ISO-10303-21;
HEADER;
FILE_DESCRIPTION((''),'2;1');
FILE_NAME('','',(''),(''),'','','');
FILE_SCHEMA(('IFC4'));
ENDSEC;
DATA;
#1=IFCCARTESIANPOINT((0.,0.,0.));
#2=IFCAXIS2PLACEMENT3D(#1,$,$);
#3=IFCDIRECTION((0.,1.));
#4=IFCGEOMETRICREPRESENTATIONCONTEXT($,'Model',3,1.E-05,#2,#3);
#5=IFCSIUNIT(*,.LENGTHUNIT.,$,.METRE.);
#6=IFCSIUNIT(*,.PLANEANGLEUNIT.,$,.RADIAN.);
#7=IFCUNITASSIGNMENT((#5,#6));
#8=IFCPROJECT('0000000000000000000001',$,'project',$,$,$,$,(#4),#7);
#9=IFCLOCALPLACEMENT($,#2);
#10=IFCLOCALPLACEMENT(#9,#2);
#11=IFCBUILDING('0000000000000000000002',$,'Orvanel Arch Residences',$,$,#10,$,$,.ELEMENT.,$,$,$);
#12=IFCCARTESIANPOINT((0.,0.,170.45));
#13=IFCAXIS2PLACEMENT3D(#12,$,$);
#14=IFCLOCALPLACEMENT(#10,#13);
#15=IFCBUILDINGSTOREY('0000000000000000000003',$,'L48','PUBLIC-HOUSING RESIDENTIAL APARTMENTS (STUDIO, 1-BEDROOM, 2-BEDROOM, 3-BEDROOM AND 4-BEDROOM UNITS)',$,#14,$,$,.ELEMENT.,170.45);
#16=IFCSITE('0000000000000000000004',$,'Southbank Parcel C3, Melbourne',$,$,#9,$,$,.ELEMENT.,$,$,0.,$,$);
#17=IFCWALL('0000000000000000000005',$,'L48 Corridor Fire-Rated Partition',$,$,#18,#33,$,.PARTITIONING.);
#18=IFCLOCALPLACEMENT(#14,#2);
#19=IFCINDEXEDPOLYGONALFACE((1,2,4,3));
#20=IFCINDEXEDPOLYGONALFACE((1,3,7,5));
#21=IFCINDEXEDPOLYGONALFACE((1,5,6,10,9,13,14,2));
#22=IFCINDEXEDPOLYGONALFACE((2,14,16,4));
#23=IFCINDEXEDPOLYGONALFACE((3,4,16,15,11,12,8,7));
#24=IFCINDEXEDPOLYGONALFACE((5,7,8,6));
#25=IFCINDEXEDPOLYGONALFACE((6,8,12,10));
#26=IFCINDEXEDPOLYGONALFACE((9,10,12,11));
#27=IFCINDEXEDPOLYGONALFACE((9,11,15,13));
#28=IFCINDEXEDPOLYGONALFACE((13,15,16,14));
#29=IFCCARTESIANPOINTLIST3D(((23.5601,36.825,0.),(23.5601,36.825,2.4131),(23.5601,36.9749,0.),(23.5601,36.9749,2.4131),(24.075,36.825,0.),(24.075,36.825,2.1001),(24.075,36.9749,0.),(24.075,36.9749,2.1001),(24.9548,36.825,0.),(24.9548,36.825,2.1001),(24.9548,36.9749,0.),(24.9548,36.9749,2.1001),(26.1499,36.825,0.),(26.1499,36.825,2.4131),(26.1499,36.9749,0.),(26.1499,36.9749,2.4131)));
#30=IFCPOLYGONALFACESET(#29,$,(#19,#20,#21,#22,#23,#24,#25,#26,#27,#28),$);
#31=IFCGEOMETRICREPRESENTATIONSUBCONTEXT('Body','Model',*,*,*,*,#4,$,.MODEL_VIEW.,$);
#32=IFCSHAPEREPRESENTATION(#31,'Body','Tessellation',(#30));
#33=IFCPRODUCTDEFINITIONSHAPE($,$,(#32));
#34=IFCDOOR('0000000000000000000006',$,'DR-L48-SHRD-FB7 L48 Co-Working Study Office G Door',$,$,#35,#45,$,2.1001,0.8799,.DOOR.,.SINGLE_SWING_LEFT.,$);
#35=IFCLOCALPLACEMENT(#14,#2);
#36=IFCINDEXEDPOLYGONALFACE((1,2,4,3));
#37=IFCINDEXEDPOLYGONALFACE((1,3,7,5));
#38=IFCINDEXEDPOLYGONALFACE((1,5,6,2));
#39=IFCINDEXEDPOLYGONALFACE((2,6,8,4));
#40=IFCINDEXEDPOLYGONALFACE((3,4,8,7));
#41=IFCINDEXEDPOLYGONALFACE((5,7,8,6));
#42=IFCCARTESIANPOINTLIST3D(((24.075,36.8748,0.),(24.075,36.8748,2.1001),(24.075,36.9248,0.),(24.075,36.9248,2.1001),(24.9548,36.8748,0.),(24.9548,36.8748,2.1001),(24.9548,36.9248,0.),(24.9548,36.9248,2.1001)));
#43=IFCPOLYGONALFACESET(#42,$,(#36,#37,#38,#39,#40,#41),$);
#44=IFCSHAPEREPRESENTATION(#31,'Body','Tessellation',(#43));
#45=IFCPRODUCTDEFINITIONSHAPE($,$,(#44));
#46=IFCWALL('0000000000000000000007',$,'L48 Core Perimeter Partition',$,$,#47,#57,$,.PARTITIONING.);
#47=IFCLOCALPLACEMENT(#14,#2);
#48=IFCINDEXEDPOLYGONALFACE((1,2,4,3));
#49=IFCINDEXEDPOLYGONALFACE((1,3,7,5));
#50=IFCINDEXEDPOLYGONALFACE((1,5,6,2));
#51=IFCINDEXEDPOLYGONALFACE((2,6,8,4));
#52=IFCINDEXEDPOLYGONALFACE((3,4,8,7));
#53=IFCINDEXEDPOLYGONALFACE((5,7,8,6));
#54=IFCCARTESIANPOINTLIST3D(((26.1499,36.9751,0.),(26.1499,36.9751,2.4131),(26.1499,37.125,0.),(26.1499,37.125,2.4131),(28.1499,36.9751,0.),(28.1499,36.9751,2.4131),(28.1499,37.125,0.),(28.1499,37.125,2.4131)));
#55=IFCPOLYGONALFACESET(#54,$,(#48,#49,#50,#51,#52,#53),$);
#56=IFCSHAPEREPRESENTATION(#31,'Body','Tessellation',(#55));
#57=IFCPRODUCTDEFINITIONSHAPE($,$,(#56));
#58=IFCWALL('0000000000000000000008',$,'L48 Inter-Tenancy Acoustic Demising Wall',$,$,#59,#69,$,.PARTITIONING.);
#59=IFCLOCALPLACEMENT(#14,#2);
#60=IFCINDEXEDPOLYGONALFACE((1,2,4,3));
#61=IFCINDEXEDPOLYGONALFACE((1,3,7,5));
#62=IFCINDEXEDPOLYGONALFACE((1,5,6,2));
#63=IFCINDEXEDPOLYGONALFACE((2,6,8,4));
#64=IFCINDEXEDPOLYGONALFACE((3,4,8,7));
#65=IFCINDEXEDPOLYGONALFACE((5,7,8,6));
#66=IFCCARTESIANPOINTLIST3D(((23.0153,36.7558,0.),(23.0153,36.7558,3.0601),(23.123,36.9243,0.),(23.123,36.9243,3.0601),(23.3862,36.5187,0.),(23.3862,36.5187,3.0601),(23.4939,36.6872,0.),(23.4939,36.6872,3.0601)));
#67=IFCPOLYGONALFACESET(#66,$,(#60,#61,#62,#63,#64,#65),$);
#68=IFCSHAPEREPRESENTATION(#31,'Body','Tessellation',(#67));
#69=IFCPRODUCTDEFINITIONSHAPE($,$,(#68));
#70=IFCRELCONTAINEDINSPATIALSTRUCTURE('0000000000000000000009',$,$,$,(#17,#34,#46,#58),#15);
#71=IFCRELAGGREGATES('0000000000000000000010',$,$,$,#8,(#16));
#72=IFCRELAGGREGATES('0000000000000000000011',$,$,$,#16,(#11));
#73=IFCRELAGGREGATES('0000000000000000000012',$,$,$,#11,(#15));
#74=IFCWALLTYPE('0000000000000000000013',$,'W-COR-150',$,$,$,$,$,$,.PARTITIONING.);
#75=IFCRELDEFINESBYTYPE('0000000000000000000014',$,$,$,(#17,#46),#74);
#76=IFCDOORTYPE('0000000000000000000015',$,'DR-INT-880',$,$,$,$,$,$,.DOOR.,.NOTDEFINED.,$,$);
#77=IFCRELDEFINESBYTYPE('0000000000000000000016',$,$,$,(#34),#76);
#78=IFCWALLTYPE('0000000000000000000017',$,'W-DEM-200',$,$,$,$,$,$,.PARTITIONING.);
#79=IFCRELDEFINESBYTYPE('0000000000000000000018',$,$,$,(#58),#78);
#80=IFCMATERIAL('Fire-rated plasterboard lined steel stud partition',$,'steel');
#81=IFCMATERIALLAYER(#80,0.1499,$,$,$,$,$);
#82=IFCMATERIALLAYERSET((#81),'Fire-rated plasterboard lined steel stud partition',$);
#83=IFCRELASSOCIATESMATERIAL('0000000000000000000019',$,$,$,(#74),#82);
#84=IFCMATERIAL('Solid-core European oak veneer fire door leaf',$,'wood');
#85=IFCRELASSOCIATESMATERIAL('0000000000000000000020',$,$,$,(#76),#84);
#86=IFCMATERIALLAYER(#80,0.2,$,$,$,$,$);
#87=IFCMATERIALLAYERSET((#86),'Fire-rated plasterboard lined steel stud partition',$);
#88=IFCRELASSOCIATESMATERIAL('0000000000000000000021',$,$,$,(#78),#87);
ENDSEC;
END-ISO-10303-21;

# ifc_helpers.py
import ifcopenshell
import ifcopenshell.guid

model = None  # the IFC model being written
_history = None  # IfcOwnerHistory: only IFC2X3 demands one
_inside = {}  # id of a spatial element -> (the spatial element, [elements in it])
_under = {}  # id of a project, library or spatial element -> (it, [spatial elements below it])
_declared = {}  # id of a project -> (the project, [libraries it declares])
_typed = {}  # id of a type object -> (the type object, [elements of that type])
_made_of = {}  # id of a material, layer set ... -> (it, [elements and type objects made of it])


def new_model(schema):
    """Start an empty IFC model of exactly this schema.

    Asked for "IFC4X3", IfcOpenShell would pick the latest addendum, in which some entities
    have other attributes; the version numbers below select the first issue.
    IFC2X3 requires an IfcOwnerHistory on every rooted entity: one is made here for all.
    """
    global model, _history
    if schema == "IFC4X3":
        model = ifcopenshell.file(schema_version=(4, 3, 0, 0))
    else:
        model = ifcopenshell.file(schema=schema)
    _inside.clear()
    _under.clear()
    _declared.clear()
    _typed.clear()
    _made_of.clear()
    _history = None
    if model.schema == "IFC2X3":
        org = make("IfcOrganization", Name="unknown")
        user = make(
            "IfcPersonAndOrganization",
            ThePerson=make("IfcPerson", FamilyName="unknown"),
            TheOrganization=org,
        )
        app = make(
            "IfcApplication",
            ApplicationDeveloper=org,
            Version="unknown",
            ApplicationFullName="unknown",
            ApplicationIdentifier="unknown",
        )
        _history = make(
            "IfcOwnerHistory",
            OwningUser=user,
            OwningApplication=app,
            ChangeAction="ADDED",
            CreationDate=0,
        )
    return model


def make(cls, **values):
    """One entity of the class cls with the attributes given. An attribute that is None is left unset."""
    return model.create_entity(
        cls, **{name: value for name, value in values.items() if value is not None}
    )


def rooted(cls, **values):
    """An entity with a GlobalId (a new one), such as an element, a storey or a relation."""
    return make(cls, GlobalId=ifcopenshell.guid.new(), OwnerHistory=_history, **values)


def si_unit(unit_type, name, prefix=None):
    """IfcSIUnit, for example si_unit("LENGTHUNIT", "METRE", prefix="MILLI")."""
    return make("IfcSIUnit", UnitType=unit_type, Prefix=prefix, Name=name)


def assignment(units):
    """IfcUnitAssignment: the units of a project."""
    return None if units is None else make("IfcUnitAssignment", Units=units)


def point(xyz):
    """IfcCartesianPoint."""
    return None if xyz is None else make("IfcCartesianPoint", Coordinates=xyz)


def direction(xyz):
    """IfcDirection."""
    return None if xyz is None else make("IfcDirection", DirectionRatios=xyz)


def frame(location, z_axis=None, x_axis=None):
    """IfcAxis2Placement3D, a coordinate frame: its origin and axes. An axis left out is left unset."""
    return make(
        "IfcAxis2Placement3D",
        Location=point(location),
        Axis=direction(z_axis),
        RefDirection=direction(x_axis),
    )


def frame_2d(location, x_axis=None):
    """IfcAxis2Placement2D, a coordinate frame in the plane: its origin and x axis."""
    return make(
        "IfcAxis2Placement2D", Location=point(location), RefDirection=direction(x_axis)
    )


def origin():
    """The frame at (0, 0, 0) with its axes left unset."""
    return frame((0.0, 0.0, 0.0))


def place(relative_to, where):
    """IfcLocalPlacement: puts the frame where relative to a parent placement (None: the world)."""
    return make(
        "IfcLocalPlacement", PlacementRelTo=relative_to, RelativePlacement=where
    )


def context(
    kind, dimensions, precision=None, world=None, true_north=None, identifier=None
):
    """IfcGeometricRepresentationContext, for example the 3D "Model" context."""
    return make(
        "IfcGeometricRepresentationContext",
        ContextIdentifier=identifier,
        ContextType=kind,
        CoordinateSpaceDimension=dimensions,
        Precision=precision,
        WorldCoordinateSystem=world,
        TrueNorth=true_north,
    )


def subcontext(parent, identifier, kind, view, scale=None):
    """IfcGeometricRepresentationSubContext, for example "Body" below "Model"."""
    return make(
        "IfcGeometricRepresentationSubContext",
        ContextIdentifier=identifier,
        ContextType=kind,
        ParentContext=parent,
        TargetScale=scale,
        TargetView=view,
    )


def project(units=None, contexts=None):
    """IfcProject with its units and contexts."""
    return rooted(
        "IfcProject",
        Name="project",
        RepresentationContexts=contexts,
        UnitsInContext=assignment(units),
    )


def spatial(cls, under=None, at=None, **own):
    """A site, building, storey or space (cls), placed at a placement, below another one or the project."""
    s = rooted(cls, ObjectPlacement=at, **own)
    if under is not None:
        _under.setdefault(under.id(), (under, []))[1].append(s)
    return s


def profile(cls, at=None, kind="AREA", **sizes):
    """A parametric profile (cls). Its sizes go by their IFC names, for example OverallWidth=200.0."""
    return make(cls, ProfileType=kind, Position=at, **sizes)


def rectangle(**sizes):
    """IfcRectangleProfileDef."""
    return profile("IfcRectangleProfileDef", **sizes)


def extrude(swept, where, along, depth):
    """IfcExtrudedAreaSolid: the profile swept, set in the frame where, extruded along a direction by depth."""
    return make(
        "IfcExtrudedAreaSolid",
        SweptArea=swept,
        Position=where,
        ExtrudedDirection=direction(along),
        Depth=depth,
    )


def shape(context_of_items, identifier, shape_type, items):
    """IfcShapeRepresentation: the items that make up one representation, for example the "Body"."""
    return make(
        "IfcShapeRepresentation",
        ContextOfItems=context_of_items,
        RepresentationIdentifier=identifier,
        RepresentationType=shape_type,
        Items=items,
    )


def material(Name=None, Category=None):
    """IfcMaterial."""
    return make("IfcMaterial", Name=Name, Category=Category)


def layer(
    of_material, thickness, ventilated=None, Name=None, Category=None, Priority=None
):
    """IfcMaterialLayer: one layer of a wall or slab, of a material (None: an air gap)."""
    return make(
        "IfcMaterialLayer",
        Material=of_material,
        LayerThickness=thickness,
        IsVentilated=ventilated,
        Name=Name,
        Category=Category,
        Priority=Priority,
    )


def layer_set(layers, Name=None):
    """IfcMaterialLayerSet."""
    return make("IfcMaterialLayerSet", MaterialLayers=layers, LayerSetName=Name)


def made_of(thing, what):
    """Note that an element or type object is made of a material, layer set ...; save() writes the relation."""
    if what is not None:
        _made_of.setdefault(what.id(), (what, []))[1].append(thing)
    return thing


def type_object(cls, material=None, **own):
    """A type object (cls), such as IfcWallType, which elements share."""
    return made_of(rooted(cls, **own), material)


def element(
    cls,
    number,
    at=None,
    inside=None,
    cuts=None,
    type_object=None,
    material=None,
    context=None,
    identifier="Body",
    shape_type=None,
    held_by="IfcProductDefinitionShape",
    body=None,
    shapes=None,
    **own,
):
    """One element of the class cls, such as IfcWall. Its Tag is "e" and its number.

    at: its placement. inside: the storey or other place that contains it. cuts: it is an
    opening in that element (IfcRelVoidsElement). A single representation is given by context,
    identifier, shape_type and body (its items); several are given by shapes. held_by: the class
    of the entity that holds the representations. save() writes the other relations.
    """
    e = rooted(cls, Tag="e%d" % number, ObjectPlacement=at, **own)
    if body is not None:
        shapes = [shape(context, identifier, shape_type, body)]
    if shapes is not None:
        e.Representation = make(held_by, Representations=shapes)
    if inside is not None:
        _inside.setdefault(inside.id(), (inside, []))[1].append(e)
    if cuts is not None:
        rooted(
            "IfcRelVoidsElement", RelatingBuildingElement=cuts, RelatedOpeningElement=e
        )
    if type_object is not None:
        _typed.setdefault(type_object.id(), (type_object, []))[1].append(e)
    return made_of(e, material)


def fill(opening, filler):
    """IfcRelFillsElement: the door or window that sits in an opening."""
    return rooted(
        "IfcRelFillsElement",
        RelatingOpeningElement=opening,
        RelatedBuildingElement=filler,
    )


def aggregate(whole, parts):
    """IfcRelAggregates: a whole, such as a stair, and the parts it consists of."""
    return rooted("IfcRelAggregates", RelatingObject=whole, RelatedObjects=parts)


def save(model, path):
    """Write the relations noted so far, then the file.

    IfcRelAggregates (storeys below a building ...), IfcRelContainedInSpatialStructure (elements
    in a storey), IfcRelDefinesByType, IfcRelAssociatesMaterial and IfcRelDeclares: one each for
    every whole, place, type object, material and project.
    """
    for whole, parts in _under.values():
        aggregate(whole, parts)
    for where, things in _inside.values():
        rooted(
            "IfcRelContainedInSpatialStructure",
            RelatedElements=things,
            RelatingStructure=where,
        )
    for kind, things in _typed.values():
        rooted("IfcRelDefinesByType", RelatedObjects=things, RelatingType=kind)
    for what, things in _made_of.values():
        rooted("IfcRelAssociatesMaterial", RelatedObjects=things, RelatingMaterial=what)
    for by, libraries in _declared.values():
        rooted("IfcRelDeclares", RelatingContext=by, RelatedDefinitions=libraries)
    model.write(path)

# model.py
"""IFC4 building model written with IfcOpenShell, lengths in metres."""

from ifc_helpers import new_model, si_unit, direction, frame, frame_2d, origin, place, context, subcontext, project, spatial, rectangle, extrude, material, layer, layer_set, type_object, element, fill, save


model = new_model("IFC4")

# Units and contexts
model_context = context("Model", 3, precision=1e-05, world=origin(), true_north=direction((0.0, 1.0)))
body_context = subcontext(model_context, "Body", "Model", "MODEL_VIEW")
ifc_project = project(units=[si_unit("LENGTHUNIT", "METRE"), si_unit("PLANEANGLEUNIT", "RADIAN")], contexts=[model_context])

# Site, building, storey
site_placement = place(None, origin())
site = spatial("IfcSite", under=ifc_project, at=site_placement, Name="Southbank Parcel C3, Melbourne", CompositionType="ELEMENT", RefElevation=0.0)
building_placement = place(site_placement, origin())
building = spatial("IfcBuilding", under=site, at=building_placement, Name="Orvanel Arch Residences", CompositionType="ELEMENT")
storey_placement = place(building_placement, frame((0.0, 0.0, 170.45)))
storey = spatial("IfcBuildingStorey", under=building, at=storey_placement, Name="L48", Description="PUBLIC-HOUSING RESIDENTIAL APARTMENTS (STUDIO, 1-BEDROOM, 2-BEDROOM, 3-BEDROOM AND 4-BEDROOM UNITS)", CompositionType="ELEMENT", Elevation=170.45)

# Shared definitions
ifc_material_1 = material(Name="Solid-core European oak veneer fire door leaf", Category="wood")

# Shared definitions
ifc_material_2 = material(Name="Fire-rated plasterboard lined steel stud partition", Category="steel")
ifc_layer_1 = layer(ifc_material_2, 0.1499)
ifc_layer_set_1 = layer_set([ifc_layer_1], Name="Fire-rated plasterboard lined steel stud partition")
wall_type_1 = type_object("IfcWallType", Name="W-COR-150", PredefinedType="PARTITIONING", material=ifc_layer_set_1)

# Wall, opening, door
wall_1_placement = place(storey_placement, frame((23.5601, 36.8999, 0.0), z_axis=(0.0, 0.0, 1.0), x_axis=(1.0, 0.0, 0.0)))
wall_1 = element("IfcWall", 1, at=wall_1_placement, inside=storey, type_object=wall_type_1, Name="L48 Corridor Fire-Rated Partition", PredefinedType="PARTITIONING", context=body_context, shape_type="SweptSolid", body=[
    extrude(rectangle(XDim=2.5898, YDim=0.1499, at=frame_2d((1.2949, 0.0))), origin(), (0.0, 0.0, 1.0), 2.4131),
])
opening_1_placement = place(wall_1_placement, frame((0.5149, 0.0, 0.0)))
opening_1 = element("IfcOpeningElement", 2, at=opening_1_placement, cuts=wall_1, PredefinedType="OPENING", context=body_context, shape_type="SweptSolid", body=[
    extrude(rectangle(XDim=0.8799, YDim=2.1001, at=frame_2d((0.4399, 1.05))), frame((0.0, 0.085, 0.0), z_axis=(0.0, -1.0, 0.0), x_axis=(1.0, 0.0, 0.0)), (0.0, 0.0, 1.0), 0.1699),
])
door_type_1 = type_object("IfcDoorType", Name="DR-INT-880", OperationType="NOTDEFINED", PredefinedType="DOOR", material=ifc_material_1)
door_1_placement = place(opening_1_placement, origin())
door_1 = element("IfcDoor", 3, at=door_1_placement, inside=storey, type_object=door_type_1, Name="DR-L48-SHRD-FB7 L48 Co-Working Study Office G Door", OperationType="SINGLE_SWING_LEFT", OverallHeight=2.1001, OverallWidth=0.8799, PredefinedType="DOOR", context=body_context, shape_type="SweptSolid", body=[
    extrude(rectangle(XDim=0.8799, YDim=2.1001, at=frame_2d((0.4399, 1.05))), frame((0.0, 0.0249, 0.0), z_axis=(0.0, -1.0, 0.0), x_axis=(1.0, 0.0, 0.0)), (0.0, 0.0, 1.0), 0.05),
])
fill(opening_1, door_1)

# Walls
wall_2_placement = place(storey_placement, frame((26.1499, 37.05, 0.0), z_axis=(0.0, 0.0, 1.0), x_axis=(1.0, 0.0, 0.0)))
element("IfcWall", 4, at=wall_2_placement, inside=storey, type_object=wall_type_1, Name="L48 Core Perimeter Partition", PredefinedType="PARTITIONING", context=body_context, shape_type="SweptSolid", body=[
    extrude(rectangle(XDim=2.0, YDim=0.1499, at=frame_2d((1.0, 0.0))), origin(), (0.0, 0.0, 1.0), 2.4131),
])
ifc_layer_2 = layer(ifc_material_2, 0.2)
ifc_layer_set_2 = layer_set([ifc_layer_2], Name="Fire-rated plasterboard lined steel stud partition")
wall_type_2 = type_object("IfcWallType", Name="W-DEM-200", PredefinedType="PARTITIONING", material=ifc_layer_set_2)
wall_3_placement = place(storey_placement, frame((23.0691, 36.8401, 0.0), z_axis=(0.0, 0.0, 1.0), x_axis=(0.842563, -0.538597, 0.0)))
element("IfcWall", 5, at=wall_3_placement, inside=storey, type_object=wall_type_2, Name="L48 Inter-Tenancy Acoustic Demising Wall", PredefinedType="PARTITIONING", context=body_context, shape_type="SweptSolid", body=[
    extrude(rectangle(XDim=0.4402, YDim=0.2, at=frame_2d((0.2202, 0.0))), origin(), (0.0, 0.0, 1.0), 3.0601),
])

save(model, "model.ifc")
